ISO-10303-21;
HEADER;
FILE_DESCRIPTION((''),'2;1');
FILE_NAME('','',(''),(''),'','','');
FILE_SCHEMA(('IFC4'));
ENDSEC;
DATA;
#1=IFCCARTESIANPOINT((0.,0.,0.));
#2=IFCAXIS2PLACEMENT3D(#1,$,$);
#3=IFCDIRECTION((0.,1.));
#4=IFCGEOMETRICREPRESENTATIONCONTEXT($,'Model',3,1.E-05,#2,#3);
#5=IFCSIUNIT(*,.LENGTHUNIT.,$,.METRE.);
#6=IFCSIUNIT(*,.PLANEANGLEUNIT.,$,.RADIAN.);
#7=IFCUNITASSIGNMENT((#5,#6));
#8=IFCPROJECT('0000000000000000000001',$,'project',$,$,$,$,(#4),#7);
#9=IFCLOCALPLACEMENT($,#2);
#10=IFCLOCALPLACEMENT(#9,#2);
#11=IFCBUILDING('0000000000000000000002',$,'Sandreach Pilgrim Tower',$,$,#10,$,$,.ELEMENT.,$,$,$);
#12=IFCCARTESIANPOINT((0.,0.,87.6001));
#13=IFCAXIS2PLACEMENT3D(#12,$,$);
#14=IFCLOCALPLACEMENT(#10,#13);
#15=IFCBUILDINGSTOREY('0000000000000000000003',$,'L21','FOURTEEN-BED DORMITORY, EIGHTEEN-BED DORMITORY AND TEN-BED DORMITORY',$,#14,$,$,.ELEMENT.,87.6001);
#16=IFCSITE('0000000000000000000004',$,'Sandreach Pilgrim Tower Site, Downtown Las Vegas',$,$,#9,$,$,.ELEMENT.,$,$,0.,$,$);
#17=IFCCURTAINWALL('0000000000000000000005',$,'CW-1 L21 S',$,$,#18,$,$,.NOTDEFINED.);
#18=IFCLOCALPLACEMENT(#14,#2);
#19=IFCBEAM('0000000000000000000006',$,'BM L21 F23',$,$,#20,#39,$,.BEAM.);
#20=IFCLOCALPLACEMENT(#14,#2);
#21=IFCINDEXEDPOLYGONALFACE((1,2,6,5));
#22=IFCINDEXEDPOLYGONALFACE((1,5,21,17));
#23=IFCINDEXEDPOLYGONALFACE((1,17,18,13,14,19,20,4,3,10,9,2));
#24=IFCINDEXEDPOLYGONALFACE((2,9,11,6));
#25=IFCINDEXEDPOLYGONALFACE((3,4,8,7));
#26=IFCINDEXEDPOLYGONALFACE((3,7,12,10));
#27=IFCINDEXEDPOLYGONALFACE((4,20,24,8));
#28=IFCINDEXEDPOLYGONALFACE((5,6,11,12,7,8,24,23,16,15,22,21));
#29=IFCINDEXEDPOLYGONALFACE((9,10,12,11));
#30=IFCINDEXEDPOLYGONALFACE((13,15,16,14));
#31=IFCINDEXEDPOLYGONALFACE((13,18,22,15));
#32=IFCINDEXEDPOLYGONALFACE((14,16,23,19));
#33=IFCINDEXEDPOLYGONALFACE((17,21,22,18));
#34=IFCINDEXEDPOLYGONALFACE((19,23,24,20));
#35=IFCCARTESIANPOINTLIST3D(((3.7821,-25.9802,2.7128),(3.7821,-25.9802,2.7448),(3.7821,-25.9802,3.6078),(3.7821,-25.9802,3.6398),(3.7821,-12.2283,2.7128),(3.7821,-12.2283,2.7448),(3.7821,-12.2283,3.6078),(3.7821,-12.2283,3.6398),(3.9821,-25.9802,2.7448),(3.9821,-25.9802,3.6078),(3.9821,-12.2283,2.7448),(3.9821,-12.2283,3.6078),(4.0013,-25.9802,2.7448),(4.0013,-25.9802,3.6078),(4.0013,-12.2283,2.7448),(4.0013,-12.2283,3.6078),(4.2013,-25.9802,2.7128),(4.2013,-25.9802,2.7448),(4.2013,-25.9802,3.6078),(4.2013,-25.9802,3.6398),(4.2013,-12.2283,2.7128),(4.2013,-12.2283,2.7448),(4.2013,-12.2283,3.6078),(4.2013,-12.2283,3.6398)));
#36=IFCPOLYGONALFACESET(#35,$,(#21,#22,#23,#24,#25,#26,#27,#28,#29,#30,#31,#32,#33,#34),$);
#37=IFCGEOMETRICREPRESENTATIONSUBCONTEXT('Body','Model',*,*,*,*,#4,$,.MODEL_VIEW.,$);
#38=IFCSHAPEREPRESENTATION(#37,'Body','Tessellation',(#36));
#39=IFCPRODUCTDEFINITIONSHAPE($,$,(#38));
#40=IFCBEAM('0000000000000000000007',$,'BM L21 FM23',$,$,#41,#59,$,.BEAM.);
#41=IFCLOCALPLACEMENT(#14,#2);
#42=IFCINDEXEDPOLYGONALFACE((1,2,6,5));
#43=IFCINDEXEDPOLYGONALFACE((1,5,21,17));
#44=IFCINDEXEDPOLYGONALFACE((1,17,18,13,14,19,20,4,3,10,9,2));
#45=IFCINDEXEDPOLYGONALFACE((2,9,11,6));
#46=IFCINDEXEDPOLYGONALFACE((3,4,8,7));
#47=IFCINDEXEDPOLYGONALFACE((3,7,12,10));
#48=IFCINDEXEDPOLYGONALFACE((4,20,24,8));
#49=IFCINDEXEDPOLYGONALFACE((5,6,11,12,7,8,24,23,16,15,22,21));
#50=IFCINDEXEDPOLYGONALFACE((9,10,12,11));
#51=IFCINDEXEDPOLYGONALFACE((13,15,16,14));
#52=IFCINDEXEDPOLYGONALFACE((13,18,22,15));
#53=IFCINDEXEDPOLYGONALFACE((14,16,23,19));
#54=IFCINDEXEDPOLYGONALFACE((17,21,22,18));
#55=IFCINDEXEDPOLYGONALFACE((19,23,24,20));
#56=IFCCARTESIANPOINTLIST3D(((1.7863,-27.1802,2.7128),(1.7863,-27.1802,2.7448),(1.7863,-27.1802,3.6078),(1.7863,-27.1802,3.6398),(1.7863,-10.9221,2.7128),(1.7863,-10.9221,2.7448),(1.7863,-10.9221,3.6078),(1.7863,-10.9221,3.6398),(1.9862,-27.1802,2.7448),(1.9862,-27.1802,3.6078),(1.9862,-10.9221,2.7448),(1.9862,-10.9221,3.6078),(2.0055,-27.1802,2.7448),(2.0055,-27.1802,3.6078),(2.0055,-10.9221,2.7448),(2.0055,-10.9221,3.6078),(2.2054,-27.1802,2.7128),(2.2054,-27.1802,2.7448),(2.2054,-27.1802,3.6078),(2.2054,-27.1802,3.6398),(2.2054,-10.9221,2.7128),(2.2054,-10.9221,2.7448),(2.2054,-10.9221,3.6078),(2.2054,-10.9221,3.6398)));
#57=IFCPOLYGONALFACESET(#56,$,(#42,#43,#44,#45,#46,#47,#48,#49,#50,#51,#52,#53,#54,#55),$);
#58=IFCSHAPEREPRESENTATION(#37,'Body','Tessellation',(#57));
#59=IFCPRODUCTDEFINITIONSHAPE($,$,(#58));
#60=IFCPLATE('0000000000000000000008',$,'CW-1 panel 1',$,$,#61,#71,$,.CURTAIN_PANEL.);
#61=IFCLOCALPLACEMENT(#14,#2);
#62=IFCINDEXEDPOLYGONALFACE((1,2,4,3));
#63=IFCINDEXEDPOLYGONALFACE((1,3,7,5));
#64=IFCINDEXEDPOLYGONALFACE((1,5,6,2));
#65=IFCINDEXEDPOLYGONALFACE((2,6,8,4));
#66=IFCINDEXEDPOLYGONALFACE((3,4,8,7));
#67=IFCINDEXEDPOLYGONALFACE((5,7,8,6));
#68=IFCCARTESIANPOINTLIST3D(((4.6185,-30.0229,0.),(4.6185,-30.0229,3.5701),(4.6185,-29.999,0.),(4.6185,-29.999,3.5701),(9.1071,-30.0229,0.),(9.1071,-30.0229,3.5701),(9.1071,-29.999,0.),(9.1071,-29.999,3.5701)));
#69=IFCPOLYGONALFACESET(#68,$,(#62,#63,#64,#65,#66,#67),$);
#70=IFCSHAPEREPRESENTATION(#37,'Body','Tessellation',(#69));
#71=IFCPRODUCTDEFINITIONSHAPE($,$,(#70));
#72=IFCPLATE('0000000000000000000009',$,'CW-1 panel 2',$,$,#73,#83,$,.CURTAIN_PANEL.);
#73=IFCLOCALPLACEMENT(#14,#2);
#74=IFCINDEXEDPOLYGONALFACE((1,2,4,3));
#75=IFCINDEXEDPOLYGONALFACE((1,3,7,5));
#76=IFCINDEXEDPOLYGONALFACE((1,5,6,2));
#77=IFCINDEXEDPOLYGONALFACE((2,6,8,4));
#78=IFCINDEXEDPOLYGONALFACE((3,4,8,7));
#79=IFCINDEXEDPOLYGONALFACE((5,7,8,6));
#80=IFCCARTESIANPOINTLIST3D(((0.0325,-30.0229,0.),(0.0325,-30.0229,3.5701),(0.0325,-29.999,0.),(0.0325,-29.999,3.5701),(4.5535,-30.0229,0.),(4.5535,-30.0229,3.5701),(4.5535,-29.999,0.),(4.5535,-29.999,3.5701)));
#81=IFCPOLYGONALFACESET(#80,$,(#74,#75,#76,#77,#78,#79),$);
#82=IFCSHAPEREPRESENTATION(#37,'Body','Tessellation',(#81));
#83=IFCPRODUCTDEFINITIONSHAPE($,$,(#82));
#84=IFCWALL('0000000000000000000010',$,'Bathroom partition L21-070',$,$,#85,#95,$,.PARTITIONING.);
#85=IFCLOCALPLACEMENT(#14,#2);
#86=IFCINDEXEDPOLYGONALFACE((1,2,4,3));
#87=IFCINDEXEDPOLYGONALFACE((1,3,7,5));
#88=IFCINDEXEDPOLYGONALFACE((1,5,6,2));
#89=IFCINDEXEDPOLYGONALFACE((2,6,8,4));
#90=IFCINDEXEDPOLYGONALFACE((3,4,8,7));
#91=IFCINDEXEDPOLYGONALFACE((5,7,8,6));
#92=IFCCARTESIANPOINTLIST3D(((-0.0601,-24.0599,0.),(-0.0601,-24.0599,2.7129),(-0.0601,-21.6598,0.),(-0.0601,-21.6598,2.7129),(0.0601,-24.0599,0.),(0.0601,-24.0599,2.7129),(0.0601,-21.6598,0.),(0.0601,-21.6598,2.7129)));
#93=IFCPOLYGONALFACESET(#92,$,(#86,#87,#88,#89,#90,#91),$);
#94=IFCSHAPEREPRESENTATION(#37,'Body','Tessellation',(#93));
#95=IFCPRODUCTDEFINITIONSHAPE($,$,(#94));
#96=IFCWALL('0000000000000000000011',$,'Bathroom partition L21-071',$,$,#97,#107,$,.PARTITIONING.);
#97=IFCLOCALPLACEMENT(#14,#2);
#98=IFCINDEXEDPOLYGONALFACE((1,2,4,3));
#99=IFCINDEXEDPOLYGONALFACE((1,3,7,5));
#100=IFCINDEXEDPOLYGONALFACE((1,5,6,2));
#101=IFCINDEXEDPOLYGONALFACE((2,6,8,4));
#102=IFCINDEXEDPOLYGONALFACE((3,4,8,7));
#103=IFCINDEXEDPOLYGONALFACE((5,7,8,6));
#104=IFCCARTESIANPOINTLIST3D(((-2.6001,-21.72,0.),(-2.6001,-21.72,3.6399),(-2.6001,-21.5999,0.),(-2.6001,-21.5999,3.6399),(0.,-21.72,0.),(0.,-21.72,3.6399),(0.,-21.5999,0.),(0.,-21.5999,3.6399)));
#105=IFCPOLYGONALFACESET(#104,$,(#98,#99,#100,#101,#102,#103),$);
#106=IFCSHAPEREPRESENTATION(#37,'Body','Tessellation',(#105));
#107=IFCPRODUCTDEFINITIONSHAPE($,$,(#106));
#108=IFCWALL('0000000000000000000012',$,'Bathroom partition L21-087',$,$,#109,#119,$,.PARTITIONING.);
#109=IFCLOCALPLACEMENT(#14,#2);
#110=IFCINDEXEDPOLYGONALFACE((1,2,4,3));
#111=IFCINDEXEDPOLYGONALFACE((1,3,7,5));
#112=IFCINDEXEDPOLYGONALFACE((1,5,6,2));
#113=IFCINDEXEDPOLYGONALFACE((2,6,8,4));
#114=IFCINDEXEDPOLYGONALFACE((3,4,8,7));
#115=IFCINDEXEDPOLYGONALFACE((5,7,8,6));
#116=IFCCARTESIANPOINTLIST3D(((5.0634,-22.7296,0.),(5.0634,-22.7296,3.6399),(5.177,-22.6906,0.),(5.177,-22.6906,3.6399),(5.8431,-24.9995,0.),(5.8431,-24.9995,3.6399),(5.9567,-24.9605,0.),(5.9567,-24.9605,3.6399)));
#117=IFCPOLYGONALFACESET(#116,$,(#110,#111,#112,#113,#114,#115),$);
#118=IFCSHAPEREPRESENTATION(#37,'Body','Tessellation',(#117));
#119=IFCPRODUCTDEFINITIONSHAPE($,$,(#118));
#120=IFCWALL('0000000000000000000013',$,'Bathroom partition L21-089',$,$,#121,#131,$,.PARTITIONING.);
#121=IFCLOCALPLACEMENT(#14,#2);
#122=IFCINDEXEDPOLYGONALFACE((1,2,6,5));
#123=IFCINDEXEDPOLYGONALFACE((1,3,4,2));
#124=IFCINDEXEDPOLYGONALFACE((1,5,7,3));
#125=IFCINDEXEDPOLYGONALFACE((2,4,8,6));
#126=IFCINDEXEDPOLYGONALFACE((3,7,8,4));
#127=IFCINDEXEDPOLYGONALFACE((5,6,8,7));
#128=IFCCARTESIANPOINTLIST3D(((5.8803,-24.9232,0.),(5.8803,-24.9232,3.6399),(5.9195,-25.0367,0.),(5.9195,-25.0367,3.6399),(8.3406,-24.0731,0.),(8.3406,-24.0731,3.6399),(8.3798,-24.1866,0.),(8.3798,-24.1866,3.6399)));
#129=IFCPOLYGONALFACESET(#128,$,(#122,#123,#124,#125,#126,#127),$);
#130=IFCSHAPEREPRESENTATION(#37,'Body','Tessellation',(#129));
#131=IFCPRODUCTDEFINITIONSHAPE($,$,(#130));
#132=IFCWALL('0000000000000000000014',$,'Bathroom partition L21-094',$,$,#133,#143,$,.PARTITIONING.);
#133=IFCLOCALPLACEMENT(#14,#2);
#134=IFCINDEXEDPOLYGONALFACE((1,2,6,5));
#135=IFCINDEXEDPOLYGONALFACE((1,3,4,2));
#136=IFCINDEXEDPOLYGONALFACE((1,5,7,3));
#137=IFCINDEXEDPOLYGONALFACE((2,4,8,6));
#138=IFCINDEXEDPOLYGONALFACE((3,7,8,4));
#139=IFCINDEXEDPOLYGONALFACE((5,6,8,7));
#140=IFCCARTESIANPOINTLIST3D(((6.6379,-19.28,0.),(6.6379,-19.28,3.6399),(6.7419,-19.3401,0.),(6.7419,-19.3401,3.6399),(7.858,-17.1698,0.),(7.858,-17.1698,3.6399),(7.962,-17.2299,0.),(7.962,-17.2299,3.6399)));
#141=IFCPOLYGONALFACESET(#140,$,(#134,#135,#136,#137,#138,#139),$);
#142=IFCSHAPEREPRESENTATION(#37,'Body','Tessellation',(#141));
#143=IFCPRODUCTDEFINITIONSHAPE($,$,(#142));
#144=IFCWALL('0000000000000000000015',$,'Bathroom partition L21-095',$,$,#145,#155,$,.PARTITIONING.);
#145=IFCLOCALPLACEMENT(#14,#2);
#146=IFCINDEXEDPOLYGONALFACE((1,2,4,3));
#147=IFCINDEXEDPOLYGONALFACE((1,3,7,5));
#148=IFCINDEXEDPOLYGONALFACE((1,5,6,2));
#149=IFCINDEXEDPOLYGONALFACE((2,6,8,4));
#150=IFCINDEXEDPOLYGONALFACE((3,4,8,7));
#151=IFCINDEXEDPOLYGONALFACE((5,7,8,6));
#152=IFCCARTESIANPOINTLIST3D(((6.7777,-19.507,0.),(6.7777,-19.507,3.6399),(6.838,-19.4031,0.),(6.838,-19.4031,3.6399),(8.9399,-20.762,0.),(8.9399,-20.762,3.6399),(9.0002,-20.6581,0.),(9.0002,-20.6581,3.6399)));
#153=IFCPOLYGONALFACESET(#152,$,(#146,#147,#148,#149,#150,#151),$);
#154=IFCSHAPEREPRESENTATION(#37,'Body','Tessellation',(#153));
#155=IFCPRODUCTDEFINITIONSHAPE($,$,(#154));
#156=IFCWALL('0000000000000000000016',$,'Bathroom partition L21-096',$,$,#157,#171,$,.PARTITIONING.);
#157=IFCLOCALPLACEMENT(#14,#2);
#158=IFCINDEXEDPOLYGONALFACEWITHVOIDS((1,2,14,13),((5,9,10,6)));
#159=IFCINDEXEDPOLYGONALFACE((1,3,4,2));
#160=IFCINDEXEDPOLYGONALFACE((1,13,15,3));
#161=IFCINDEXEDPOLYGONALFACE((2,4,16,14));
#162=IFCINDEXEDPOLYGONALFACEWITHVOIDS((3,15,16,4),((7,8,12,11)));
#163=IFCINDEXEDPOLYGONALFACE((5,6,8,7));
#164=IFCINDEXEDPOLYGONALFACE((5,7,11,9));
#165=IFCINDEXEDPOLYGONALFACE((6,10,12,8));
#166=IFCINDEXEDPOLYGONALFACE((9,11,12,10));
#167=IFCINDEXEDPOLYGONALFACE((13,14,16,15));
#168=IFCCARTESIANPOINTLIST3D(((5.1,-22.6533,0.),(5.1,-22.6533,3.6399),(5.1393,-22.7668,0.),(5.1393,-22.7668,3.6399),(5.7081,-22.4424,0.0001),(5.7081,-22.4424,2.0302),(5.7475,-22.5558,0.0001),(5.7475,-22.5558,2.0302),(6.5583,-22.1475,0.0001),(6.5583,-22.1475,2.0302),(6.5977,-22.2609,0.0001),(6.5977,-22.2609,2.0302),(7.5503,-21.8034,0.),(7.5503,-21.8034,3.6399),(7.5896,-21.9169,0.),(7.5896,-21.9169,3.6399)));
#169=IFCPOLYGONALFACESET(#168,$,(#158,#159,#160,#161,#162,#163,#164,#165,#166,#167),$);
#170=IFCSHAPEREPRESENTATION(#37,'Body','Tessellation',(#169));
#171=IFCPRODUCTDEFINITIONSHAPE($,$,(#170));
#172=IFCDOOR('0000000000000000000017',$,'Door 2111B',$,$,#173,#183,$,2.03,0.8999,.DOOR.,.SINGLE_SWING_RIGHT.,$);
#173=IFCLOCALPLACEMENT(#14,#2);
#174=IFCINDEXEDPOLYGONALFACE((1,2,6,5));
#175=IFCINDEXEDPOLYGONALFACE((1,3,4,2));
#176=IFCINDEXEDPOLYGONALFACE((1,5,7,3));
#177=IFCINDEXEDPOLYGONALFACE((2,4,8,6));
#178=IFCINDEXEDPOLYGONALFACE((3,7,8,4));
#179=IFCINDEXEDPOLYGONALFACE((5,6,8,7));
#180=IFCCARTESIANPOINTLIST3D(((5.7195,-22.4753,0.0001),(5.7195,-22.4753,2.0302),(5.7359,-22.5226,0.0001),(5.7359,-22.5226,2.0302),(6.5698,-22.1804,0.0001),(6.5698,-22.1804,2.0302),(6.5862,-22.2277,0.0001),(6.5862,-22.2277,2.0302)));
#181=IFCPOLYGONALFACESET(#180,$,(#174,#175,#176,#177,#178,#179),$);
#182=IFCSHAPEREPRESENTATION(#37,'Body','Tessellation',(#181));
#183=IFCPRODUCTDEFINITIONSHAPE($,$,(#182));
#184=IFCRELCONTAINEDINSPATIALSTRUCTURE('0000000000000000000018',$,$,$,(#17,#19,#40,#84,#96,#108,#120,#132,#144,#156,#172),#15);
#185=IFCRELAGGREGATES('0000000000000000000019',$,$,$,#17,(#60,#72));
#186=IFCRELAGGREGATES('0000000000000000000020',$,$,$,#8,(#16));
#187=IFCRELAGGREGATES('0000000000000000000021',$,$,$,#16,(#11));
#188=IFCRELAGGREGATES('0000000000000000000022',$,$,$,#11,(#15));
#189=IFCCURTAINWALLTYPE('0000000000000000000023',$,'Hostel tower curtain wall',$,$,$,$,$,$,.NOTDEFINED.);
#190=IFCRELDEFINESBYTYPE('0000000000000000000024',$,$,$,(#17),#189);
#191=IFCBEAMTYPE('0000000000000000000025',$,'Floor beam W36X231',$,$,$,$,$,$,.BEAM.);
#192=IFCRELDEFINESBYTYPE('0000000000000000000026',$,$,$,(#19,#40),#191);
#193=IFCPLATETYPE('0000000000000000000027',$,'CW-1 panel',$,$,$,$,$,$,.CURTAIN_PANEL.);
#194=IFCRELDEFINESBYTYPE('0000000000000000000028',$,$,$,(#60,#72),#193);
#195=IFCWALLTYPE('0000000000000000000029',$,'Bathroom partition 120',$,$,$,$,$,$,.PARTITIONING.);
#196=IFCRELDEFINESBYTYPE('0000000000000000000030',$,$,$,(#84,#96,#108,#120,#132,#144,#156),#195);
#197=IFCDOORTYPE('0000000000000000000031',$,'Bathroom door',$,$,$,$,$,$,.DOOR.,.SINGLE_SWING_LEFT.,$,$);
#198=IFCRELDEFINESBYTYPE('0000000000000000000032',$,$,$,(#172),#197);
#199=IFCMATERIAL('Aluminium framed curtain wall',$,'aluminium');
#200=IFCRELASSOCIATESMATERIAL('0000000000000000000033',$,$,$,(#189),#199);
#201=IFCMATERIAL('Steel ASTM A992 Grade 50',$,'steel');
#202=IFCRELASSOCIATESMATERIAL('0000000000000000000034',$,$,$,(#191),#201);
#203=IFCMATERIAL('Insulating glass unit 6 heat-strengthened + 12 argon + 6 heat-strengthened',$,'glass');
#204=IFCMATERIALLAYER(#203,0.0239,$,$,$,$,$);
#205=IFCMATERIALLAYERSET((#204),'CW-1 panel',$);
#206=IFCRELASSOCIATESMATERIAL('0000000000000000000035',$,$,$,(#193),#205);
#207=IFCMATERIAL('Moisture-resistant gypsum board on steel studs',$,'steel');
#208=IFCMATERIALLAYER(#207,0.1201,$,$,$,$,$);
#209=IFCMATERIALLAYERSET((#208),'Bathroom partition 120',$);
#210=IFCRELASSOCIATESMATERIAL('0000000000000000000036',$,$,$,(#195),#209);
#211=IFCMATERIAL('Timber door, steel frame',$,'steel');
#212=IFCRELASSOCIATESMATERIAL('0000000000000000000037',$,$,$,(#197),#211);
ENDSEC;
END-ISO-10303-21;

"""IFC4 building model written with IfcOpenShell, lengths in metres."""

from ifc_helpers import new_model, si_unit, direction, frame, frame_2d, origin, origin_2d, place, context, subcontext, project, spatial, rectangle, i_section, extrude, material, layer, layer_set, material_profile, profile_set, type_object, element, fill, aggregate, save


model = new_model("IFC4")

# Units and contexts
model_context = context("Model", 3, precision=1e-05, world=origin(), true_north=direction((0.0, 1.0)))
body_context = subcontext(model_context, "Body", "Model", "MODEL_VIEW")
ifc_project = project(units=[si_unit("LENGTHUNIT", "METRE"), si_unit("PLANEANGLEUNIT", "RADIAN")], contexts=[model_context])

# Site, building, storey
site_placement = place(None, origin())
site = spatial("IfcSite", under=ifc_project, at=site_placement, Name="Sandreach Pilgrim Tower Site, Downtown Las Vegas", CompositionType="ELEMENT", RefElevation=0.0)
building_placement = place(site_placement, origin())
building = spatial("IfcBuilding", under=site, at=building_placement, Name="Sandreach Pilgrim Tower", CompositionType="ELEMENT")
storey_placement = place(building_placement, frame((0.0, 0.0, 87.6001)))
storey = spatial("IfcBuildingStorey", under=building, at=storey_placement, Name="L21", Description="FOURTEEN-BED DORMITORY, EIGHTEEN-BED DORMITORY AND TEN-BED DORMITORY", CompositionType="ELEMENT", Elevation=87.6001)

# Curtain wall
ifc_material_1 = material(Name="Aluminium framed curtain wall", Category="aluminium")
curtain_wall_type = type_object("IfcCurtainWallType", Name="Hostel tower curtain wall", PredefinedType="NOTDEFINED", material=ifc_material_1)
curtain_wall_placement = place(storey_placement, origin())
curtain_wall = element("IfcCurtainWall", 1, at=curtain_wall_placement, inside=storey, type_object=curtain_wall_type, Name="CW-1 L21 S", PredefinedType="NOTDEFINED")

# Beams
ifc_material_2 = material(Name="Steel ASTM A992 Grade 50", Category="steel")
ifc_material_profile_1 = material_profile(ifc_material_2, i_section(OverallWidth=0.4192, OverallDepth=0.927, WebThickness=0.0193, FlangeThickness=0.032, at=origin_2d()), Name="W36X231")
ifc_profile_set_1 = profile_set([ifc_material_profile_1], Name="Steel ASTM A992 Grade 50")
beam_type_1 = type_object("IfcBeamType", Name="Floor beam W36X231", PredefinedType="BEAM", material=ifc_profile_set_1)
beam_1_placement = place(storey_placement, frame((3.9917, -25.9802, 3.1763), z_axis=(0.0, 1.0, 0.0), x_axis=(-1.0, 0.0, 0.0)))
element("IfcBeam", 2, at=beam_1_placement, inside=storey, type_object=beam_type_1, Name="BM L21 F23", PredefinedType="BEAM", context=body_context, shape_type="SweptSolid", body=[
    extrude(i_section(OverallWidth=0.4192, OverallDepth=0.927, WebThickness=0.0193, FlangeThickness=0.032, at=origin_2d()), origin(), (0.0, 0.0, 1.0), 13.752),
])
beam_2_placement = place(storey_placement, frame((1.9958, -27.1802, 3.1763), z_axis=(0.0, 1.0, 0.0), x_axis=(-1.0, 0.0, 0.0)))
element("IfcBeam", 3, at=beam_2_placement, inside=storey, type_object=beam_type_1, Name="BM L21 FM23", PredefinedType="BEAM", context=body_context, shape_type="SweptSolid", body=[
    extrude(i_section(OverallWidth=0.4192, OverallDepth=0.927, WebThickness=0.0193, FlangeThickness=0.032, at=origin_2d()), origin(), (0.0, 0.0, 1.0), 16.2581),
])

# Plates
ifc_material_3 = material(Name="Insulating glass unit 6 heat-strengthened + 12 argon + 6 heat-strengthened", Category="glass")
ifc_layer_1 = layer(ifc_material_3, 0.0239)
ifc_layer_set_1 = layer_set([ifc_layer_1], Name="CW-1 panel")
plate_type = type_object("IfcPlateType", Name="CW-1 panel", PredefinedType="CURTAIN_PANEL", material=ifc_layer_set_1)
plate_1_placement = place(storey_placement, frame((6.8628, -30.011, 0.0), z_axis=(0.0, 0.0, 1.0), x_axis=(-1.0, 0.0, 0.0)))
plate_1 = element("IfcPlate", 4, at=plate_1_placement, type_object=plate_type, Name="CW-1 panel 1", PredefinedType="CURTAIN_PANEL", context=body_context, shape_type="SweptSolid", body=[
    extrude(rectangle(XDim=4.4885, YDim=0.0239, at=origin_2d()), origin(), (0.0, 0.0, 1.0), 3.5701),
])
plate_2_placement = place(storey_placement, frame((2.293, -30.011, 0.0), z_axis=(0.0, 0.0, 1.0), x_axis=(-1.0, 0.0, 0.0)))
plate_2 = element("IfcPlate", 5, at=plate_2_placement, type_object=plate_type, Name="CW-1 panel 2", PredefinedType="CURTAIN_PANEL", context=body_context, shape_type="SweptSolid", body=[
    extrude(rectangle(XDim=4.521, YDim=0.0239, at=origin_2d()), origin(), (0.0, 0.0, 1.0), 3.5701),
])
aggregate(curtain_wall, [plate_1, plate_2])

# Walls
ifc_material_4 = material(Name="Moisture-resistant gypsum board on steel studs", Category="steel")
ifc_layer_2 = layer(ifc_material_4, 0.1201)
ifc_layer_set_2 = layer_set([ifc_layer_2], Name="Bathroom partition 120")
wall_type_1 = type_object("IfcWallType", Name="Bathroom partition 120", PredefinedType="PARTITIONING", material=ifc_layer_set_2)
wall_1_placement = place(storey_placement, frame((0.0, -24.0601, 0.0), z_axis=(0.0, 0.0, 1.0), x_axis=(0.0, 1.0, 0.0)))
element("IfcWall", 6, at=wall_1_placement, inside=storey, type_object=wall_type_1, Name="Bathroom partition L21-070", PredefinedType="PARTITIONING", context=body_context, shape_type="SweptSolid", body=[
    extrude(rectangle(XDim=2.4001, YDim=0.1201, at=frame_2d((1.2002, 0.0))), origin(), (0.0, 0.0, 1.0), 2.7129),
])
wall_2_placement = place(storey_placement, frame((0.0, -21.6599, 0.0), z_axis=(0.0, 0.0, 1.0), x_axis=(-1.0, 0.0, 0.0)))
element("IfcWall", 7, at=wall_2_placement, inside=storey, type_object=wall_type_1, Name="Bathroom partition L21-071", PredefinedType="PARTITIONING", context=body_context, shape_type="SweptSolid", body=[
    extrude(rectangle(XDim=2.6001, YDim=0.1201, at=frame_2d((1.3, 0.0))), origin(), (0.0, 0.0, 1.0), 3.6399),
])
wall_3_placement = place(storey_placement, frame((5.1201, -22.71, 0.0), z_axis=(0.0, 0.0, 1.0), x_axis=(0.324881, -0.945755, 0.0)))
element("IfcWall", 8, at=wall_3_placement, inside=storey, type_object=wall_type_1, Name="Bathroom partition L21-087", PredefinedType="PARTITIONING", context=body_context, shape_type="SweptSolid", body=[
    extrude(rectangle(XDim=2.4001, YDim=0.1201, at=frame_2d((1.2002, 0.0))), origin(), (0.0, 0.0, 1.0), 3.6399),
])
wall_4_placement = place(storey_placement, frame((5.8999, -24.98, 0.0), z_axis=(0.0, 0.0, 1.0), x_axis=(0.945165, 0.326592, 0.0)))
element("IfcWall", 9, at=wall_4_placement, inside=storey, type_object=wall_type_1, Name="Bathroom partition L21-089", PredefinedType="PARTITIONING", context=body_context, shape_type="SweptSolid", body=[
    extrude(rectangle(XDim=2.603, YDim=0.1201, at=frame_2d((1.3015, 0.0))), origin(), (0.0, 0.0, 1.0), 3.6399),
])
wall_5_placement = place(storey_placement, frame((6.6899, -19.3101, 0.0), z_axis=(0.0, 0.0, 1.0), x_axis=(0.500523, 0.865723, 0.0)))
element("IfcWall", 10, at=wall_5_placement, inside=storey, type_object=wall_type_1, Name="Bathroom partition L21-094", PredefinedType="PARTITIONING", context=body_context, shape_type="SweptSolid", body=[
    extrude(rectangle(XDim=2.4375, YDim=0.1201, at=frame_2d((1.2188, 0.0))), origin(), (0.0, 0.0, 1.0), 3.6399),
])
wall_6_placement = place(storey_placement, frame((6.8079, -19.4551, 0.0), z_axis=(0.0, 0.0, 1.0), x_axis=(0.864882, -0.501975, 0.0)))
element("IfcWall", 11, at=wall_6_placement, inside=storey, type_object=wall_type_1, Name="Bathroom partition L21-095", PredefinedType="PARTITIONING", context=body_context, shape_type="SweptSolid", body=[
    extrude(rectangle(XDim=2.5, YDim=0.1201, at=frame_2d((1.25, 0.0))), origin(), (0.0, 0.0, 1.0), 3.6399),
])

# Wall, opening, door
wall_7_placement = place(storey_placement, frame((7.5701, -21.8601, 0.0), z_axis=(0.0, 0.0, 1.0), x_axis=(-0.944782, -0.327699, 0.0)))
wall_7 = element("IfcWall", 12, at=wall_7_placement, inside=storey, type_object=wall_type_1, Name="Bathroom partition L21-096", PredefinedType="PARTITIONING", context=body_context, shape_type="SweptSolid", body=[
    extrude(rectangle(XDim=2.5935, YDim=0.1201, at=frame_2d((1.2969, 0.0))), origin(), (0.0, 0.0, 1.0), 3.6399),
])
opening_1_placement = place(wall_7_placement, frame((1.05, 0.0, 0.0)))
opening_1 = element("IfcOpeningElement", 13, at=opening_1_placement, cuts=wall_7, PredefinedType="OPENING", context=body_context, shape_type="SweptSolid", body=[
    extrude(rectangle(XDim=0.8999, YDim=2.03, at=frame_2d((0.45, 1.0151))), frame((0.0, 0.0601, 0.0), z_axis=(0.0, -1.0, 0.0), x_axis=(1.0, 0.0, 0.0)), (0.0, 0.0, 1.0), 0.1201),
])
ifc_material_5 = material(Name="Timber door, steel frame", Category="steel")
door_type_1 = type_object("IfcDoorType", Name="Bathroom door", OperationType="SINGLE_SWING_LEFT", PredefinedType="DOOR", material=ifc_material_5)
door_1_placement = place(opening_1_placement, origin())
door_1 = element("IfcDoor", 14, at=door_1_placement, inside=storey, type_object=door_type_1, Name="Door 2111B", OperationType="SINGLE_SWING_RIGHT", OverallHeight=2.03, OverallWidth=0.8999, PredefinedType="DOOR", context=body_context, shape_type="SweptSolid", body=[
    extrude(rectangle(XDim=0.8999, YDim=2.03, at=frame_2d((0.45, 1.0151))), frame((0.0, 0.0249, 0.0), z_axis=(0.0, -1.0, 0.0), x_axis=(1.0, 0.0, 0.0)), (0.0, 0.0, 1.0), 0.05),
])
fill(opening_1, door_1)

save(model, "model.ifc")
